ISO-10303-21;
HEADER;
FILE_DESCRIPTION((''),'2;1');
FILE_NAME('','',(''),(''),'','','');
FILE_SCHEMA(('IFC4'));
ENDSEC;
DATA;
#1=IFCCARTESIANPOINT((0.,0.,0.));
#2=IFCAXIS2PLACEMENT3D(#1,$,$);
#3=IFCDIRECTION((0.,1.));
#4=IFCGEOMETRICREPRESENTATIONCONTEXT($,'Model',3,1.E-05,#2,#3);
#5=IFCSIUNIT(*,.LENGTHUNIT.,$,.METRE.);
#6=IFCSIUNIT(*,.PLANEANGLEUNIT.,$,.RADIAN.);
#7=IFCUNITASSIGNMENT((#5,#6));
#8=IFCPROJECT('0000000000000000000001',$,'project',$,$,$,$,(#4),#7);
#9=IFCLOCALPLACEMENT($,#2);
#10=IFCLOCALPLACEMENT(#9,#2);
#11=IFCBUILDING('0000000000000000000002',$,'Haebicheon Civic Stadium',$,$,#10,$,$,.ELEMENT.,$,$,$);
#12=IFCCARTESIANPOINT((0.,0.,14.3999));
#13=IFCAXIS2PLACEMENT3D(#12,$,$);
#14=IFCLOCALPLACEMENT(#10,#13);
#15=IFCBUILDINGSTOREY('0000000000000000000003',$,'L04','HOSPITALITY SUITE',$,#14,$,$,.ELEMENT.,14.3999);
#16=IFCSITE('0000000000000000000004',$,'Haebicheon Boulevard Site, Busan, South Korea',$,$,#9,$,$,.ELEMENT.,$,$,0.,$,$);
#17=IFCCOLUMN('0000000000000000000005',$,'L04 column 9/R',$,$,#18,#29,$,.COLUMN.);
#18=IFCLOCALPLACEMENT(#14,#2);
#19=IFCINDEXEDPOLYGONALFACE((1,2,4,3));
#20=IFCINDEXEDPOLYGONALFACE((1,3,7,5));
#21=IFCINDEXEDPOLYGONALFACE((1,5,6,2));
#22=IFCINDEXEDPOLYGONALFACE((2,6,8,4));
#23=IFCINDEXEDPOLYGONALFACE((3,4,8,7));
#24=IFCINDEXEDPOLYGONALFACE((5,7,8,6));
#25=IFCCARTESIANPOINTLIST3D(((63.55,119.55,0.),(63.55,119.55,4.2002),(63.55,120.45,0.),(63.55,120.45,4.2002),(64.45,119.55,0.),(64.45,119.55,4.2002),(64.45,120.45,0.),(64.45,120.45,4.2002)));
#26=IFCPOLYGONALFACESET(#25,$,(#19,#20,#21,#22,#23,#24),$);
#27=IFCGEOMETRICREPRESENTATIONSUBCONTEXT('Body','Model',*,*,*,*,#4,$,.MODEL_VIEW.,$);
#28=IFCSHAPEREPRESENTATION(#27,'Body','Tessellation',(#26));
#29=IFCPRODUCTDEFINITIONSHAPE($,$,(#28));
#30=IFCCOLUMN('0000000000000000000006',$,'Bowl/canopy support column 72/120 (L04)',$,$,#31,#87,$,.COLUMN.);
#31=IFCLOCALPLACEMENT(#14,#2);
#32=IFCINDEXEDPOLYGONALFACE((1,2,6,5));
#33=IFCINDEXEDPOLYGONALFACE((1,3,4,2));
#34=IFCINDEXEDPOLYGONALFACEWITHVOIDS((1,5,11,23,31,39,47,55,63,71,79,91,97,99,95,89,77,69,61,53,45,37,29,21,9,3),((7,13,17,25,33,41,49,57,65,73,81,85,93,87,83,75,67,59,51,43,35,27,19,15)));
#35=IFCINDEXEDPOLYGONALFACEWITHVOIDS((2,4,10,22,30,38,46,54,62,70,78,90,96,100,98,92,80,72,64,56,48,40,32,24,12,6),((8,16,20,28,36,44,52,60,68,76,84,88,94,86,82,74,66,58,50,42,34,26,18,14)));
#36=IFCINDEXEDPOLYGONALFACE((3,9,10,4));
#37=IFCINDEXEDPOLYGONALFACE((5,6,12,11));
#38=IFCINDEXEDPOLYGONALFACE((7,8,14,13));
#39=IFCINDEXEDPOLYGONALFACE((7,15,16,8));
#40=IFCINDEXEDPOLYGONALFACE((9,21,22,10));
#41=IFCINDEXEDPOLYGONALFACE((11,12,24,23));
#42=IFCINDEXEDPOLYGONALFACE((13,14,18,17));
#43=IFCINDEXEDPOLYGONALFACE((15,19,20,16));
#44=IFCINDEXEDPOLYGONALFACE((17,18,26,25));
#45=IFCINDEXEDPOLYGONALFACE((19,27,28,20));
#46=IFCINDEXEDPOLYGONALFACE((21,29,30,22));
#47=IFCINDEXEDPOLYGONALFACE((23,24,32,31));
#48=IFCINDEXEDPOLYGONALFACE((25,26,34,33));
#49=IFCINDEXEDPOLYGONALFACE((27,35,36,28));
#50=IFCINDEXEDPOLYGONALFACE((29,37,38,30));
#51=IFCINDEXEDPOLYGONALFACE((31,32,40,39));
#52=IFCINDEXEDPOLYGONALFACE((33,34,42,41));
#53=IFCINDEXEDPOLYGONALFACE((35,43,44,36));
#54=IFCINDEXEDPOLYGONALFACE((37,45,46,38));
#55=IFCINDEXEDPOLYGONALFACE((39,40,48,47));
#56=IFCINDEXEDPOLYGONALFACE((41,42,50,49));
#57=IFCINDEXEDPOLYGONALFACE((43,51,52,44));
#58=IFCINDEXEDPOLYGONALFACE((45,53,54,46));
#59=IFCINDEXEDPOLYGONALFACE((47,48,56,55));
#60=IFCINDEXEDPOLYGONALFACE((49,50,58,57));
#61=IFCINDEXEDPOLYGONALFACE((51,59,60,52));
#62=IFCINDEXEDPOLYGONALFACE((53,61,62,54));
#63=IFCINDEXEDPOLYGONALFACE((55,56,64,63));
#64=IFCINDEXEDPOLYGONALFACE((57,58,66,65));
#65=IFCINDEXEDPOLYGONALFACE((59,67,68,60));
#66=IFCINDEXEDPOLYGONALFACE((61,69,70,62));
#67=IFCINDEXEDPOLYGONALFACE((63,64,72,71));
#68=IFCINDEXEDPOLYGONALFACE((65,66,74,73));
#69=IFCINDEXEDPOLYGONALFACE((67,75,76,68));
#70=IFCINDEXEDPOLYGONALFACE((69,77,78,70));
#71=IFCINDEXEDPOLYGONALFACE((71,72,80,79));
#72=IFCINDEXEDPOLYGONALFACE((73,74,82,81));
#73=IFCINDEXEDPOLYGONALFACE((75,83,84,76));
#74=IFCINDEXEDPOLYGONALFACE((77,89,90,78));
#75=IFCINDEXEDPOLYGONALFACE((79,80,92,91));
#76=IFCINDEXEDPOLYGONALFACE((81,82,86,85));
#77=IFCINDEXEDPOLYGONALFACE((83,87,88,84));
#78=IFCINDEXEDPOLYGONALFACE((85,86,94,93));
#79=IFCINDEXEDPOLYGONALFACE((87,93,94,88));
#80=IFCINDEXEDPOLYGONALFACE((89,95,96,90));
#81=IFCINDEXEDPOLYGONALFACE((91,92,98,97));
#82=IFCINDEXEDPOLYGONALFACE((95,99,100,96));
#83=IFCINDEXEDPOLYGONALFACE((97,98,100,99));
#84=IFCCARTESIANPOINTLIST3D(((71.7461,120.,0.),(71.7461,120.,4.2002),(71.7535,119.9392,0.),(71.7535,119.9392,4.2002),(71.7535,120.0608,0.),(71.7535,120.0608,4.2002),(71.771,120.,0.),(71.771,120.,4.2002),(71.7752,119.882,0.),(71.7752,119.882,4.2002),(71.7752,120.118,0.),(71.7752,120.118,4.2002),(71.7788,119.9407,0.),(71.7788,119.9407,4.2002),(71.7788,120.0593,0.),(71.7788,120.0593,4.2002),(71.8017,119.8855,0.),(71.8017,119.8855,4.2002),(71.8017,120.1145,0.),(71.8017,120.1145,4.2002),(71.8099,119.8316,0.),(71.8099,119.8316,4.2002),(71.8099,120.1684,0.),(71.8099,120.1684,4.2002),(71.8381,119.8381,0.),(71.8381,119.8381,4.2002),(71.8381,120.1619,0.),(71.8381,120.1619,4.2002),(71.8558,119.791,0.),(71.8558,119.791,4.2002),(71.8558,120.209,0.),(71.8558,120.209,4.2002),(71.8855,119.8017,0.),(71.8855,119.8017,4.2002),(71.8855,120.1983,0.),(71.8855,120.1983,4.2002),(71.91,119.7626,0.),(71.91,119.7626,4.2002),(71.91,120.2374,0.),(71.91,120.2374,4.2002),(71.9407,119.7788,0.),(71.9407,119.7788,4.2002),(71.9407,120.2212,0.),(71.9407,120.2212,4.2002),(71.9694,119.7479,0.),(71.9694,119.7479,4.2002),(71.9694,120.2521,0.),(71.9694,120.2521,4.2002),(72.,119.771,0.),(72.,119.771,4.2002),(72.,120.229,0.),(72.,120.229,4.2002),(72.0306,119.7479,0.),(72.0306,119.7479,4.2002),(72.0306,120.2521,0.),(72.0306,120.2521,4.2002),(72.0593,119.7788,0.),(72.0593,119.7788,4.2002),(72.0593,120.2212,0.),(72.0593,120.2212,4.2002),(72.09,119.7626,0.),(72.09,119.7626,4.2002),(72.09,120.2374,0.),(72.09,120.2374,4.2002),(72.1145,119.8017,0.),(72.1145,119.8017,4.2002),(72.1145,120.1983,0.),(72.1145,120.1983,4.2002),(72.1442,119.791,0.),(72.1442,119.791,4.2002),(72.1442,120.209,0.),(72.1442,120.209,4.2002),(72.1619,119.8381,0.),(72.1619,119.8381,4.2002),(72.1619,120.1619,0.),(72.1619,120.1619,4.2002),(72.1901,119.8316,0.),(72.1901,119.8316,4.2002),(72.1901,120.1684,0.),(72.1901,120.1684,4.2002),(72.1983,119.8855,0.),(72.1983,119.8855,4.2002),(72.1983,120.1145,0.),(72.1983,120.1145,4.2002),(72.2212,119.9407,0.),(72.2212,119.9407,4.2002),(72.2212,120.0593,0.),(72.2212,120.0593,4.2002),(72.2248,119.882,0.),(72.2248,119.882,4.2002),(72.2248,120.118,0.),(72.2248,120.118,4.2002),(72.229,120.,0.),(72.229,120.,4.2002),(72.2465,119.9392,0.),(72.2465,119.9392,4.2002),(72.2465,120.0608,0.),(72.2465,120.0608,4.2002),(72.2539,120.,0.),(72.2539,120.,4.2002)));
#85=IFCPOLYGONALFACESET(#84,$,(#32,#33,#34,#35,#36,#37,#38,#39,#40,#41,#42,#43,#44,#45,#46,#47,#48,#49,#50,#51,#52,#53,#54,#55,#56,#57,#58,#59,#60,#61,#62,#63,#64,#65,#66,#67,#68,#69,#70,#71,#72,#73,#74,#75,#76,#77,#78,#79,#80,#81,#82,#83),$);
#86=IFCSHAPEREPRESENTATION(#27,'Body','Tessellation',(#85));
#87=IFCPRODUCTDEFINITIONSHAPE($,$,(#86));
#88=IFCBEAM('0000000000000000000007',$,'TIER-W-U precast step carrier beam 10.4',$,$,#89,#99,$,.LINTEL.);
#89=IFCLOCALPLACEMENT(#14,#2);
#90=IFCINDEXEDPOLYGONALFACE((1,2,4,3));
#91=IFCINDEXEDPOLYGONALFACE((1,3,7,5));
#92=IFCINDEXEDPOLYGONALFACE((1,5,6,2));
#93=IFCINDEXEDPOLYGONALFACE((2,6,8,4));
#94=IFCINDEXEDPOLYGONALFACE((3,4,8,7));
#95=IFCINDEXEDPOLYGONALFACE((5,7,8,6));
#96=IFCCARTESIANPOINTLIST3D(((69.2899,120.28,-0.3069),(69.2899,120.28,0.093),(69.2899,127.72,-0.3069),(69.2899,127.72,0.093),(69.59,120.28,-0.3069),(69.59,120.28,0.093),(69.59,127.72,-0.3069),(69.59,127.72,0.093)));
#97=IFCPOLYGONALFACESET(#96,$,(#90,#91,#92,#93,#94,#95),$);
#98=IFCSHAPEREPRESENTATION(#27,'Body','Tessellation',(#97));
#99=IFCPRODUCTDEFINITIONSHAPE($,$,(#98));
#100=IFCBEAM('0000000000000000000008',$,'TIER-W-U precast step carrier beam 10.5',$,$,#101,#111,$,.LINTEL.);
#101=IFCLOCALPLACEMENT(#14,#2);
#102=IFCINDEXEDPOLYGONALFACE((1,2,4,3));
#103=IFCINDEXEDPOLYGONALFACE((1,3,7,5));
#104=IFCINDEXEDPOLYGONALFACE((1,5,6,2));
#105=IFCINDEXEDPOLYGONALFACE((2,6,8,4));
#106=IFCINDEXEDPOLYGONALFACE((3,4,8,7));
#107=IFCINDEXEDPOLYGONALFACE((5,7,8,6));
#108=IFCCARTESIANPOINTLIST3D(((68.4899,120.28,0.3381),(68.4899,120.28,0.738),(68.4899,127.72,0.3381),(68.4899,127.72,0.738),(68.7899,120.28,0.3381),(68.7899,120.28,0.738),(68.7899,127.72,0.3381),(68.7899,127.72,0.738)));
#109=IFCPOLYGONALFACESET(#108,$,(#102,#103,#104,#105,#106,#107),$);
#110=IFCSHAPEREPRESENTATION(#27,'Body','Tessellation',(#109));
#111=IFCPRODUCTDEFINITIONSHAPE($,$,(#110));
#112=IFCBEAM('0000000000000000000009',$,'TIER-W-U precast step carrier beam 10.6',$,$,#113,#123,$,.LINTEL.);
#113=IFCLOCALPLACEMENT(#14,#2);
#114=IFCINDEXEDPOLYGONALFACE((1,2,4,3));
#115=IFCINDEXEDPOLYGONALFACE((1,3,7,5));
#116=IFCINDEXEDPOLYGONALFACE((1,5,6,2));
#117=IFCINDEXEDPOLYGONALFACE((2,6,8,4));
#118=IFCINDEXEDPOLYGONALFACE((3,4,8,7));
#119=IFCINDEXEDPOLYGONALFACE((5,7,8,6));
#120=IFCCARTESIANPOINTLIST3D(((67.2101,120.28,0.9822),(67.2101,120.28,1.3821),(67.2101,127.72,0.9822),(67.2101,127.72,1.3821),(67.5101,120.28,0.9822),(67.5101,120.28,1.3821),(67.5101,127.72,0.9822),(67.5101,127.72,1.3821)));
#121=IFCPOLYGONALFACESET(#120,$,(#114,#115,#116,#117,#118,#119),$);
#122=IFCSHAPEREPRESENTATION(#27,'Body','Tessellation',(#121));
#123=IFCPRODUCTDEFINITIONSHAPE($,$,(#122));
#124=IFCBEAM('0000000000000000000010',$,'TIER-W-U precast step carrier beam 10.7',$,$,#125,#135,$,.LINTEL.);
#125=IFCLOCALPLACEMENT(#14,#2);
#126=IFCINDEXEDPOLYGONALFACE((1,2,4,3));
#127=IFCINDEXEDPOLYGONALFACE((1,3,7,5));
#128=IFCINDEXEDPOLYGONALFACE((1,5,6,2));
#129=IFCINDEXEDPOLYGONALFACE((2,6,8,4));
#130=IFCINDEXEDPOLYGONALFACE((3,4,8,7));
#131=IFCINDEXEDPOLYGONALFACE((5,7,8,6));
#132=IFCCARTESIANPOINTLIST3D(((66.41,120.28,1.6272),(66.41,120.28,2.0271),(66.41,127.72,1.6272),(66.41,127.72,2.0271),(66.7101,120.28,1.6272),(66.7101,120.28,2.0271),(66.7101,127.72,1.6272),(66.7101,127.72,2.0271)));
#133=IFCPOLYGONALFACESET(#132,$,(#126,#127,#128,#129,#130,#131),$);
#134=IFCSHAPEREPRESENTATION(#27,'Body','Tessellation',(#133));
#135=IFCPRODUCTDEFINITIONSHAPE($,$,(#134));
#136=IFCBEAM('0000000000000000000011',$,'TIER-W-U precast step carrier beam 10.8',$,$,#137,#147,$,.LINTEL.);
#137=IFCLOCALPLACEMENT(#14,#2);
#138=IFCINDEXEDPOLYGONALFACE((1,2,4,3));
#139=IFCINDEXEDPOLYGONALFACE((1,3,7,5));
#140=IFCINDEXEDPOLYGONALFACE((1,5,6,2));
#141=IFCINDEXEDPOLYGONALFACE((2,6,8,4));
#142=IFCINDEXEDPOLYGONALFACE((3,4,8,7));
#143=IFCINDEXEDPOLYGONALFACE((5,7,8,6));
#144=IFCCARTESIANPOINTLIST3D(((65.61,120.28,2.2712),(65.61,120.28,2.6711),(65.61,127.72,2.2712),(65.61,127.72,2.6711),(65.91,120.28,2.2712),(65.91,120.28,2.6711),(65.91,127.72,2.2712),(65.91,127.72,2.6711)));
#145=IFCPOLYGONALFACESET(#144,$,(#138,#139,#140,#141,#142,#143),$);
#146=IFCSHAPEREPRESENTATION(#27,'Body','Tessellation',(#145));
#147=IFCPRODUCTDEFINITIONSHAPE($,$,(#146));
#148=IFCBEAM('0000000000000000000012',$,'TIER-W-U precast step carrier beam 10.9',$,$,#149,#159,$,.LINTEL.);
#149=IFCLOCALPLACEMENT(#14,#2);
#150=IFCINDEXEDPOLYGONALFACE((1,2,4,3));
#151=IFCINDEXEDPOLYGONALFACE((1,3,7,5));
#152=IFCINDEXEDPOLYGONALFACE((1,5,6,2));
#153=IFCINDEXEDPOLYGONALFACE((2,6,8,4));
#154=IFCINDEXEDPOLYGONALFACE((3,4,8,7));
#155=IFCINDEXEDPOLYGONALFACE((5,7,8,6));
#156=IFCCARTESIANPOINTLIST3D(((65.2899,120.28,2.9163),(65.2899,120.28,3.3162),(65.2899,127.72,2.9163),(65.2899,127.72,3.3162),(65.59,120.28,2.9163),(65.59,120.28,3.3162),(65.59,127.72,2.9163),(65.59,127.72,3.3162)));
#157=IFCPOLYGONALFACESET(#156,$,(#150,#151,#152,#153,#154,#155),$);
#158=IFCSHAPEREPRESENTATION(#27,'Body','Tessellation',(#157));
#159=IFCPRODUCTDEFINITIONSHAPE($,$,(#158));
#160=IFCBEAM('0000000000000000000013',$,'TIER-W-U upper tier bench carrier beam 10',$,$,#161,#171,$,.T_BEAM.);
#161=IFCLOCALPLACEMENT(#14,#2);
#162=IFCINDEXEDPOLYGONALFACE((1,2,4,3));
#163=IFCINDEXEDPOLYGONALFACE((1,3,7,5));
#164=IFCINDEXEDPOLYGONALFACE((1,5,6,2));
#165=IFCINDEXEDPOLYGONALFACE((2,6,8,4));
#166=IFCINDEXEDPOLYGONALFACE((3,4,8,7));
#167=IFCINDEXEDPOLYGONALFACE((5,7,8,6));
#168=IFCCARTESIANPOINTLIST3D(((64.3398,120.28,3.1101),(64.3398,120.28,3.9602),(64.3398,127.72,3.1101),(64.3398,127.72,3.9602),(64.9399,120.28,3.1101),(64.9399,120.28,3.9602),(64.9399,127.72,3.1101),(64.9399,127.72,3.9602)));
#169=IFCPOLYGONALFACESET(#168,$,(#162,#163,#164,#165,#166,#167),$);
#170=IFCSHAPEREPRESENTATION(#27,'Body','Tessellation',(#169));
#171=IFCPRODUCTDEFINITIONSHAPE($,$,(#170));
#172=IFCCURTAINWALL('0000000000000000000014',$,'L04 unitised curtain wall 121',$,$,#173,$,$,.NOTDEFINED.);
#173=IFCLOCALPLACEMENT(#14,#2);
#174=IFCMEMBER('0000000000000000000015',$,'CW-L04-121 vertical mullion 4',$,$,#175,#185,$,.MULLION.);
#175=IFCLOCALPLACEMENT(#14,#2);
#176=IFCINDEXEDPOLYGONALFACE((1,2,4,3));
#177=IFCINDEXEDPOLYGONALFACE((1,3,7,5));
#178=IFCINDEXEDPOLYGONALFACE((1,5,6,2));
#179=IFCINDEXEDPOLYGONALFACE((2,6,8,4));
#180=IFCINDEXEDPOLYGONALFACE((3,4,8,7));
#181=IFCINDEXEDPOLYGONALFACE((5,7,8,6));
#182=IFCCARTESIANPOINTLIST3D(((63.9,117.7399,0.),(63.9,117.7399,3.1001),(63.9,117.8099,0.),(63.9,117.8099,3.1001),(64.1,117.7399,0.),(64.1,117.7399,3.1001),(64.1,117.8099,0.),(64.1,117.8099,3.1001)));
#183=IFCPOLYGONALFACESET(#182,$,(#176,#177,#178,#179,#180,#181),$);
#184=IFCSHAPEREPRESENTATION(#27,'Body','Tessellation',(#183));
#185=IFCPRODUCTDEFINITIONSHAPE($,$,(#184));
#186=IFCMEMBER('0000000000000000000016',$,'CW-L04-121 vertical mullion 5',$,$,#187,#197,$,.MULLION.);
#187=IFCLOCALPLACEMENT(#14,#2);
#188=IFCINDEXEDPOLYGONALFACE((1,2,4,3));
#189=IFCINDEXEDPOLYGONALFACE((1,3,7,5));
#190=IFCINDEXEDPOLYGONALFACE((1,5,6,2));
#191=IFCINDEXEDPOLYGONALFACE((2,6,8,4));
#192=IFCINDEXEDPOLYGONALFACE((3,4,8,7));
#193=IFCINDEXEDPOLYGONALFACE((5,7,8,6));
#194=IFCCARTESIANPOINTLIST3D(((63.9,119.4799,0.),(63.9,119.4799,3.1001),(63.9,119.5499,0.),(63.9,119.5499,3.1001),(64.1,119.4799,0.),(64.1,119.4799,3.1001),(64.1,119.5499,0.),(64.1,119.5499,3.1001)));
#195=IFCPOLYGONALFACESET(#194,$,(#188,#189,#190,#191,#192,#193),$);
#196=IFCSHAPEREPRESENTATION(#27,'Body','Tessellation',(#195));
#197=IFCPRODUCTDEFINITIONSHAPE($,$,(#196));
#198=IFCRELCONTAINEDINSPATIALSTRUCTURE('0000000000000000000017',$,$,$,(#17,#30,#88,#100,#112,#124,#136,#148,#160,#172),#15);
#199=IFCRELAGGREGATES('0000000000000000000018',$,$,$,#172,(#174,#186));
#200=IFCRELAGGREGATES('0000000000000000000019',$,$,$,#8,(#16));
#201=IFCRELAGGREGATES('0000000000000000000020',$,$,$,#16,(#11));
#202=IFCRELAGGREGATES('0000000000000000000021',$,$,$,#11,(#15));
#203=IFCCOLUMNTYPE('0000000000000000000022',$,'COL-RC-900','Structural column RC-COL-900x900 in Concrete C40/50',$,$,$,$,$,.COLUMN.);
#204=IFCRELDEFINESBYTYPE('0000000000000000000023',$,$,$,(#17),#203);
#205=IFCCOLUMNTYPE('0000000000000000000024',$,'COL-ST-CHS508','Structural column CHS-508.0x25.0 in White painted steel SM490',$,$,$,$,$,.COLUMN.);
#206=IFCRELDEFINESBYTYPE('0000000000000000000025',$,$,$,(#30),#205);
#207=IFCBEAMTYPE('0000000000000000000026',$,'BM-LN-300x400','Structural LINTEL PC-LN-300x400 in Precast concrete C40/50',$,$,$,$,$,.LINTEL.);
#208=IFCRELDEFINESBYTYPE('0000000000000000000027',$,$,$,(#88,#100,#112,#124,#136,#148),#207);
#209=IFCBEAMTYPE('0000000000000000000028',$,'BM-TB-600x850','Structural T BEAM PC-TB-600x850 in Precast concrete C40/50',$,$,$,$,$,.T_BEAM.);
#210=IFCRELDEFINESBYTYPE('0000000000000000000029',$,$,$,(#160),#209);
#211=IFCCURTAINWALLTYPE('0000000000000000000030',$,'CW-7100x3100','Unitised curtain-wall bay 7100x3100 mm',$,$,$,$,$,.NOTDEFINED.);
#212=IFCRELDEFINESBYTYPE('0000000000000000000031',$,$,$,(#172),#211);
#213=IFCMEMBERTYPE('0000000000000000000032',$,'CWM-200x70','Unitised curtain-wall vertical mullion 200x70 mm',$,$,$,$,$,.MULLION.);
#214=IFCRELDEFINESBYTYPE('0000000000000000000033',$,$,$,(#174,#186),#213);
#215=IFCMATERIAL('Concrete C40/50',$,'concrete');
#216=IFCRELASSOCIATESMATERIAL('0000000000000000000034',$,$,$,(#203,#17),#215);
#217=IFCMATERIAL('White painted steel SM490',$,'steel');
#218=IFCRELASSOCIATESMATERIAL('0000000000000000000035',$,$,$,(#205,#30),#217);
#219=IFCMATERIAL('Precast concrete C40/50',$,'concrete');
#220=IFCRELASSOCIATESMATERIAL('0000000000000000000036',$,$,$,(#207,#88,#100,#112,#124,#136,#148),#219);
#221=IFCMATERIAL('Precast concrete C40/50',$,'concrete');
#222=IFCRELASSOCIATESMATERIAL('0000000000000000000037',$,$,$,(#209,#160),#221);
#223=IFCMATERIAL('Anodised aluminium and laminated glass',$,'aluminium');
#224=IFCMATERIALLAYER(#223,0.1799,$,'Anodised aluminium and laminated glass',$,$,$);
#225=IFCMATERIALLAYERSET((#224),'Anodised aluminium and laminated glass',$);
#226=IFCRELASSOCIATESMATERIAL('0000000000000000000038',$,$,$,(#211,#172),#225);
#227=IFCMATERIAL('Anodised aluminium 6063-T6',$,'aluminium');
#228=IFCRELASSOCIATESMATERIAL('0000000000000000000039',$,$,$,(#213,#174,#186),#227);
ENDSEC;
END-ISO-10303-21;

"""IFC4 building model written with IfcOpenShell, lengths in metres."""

from ifc_helpers import new_model, si_unit, direction, frame, origin, origin_2d, place, context, subcontext, project, spatial, rectangle, hollow_circle, extrude, material, layer, layer_set, material_profile, profile_set, type_object, element, aggregate, save


model = new_model("IFC4")

# Units and contexts
model_context = context("Model", 3, precision=1e-05, world=origin(), true_north=direction((0.0, 1.0)))
body_context = subcontext(model_context, "Body", "Model", "MODEL_VIEW")
ifc_project = project(units=[si_unit("LENGTHUNIT", "METRE"), si_unit("PLANEANGLEUNIT", "RADIAN")], contexts=[model_context])

# Site, building, storey
site_placement = place(None, origin())
site = spatial("IfcSite", under=ifc_project, at=site_placement, Name="Haebicheon Boulevard Site, Busan, South Korea", CompositionType="ELEMENT", RefElevation=0.0)
building_placement = place(site_placement, origin())
building = spatial("IfcBuilding", under=site, at=building_placement, Name="Haebicheon Civic Stadium", CompositionType="ELEMENT")
storey_placement = place(building_placement, frame((0.0, 0.0, 14.3999)))
storey = spatial("IfcBuildingStorey", under=building, at=storey_placement, Name="L04", Description="HOSPITALITY SUITE", CompositionType="ELEMENT", Elevation=14.3999)

# Columns
ifc_material_1 = material(Name="Concrete C40/50", Category="concrete")
ifc_material_profile_1 = material_profile(ifc_material_1, rectangle(XDim=0.8999, YDim=0.8999, at=origin_2d()), Name="RC-COL-900x900")
ifc_profile_set_1 = profile_set([ifc_material_profile_1], Name="Concrete C40/50")
column_type_1 = type_object("IfcColumnType", Name="COL-RC-900", Description="Structural column RC-COL-900x900 in Concrete C40/50", PredefinedType="COLUMN", material=ifc_profile_set_1)
column_1_placement = place(storey_placement, frame((64.0, 120.0, 0.0), z_axis=(0.0, 0.0, 1.0), x_axis=(1.0, 0.0, 0.0)))
element("IfcColumn", 1, at=column_1_placement, inside=storey, type_object=column_type_1, material=ifc_profile_set_1, Name="L04 column 9/R", PredefinedType="COLUMN", context=body_context, shape_type="SweptSolid", body=[
    extrude(rectangle(XDim=0.8999, YDim=0.8999, at=origin_2d()), origin(), (0.0, 0.0, 1.0), 4.2002),
])
ifc_material_2 = material(Name="White painted steel SM490", Category="steel")
ifc_material_profile_2 = material_profile(ifc_material_2, hollow_circle(Radius=0.2539, WallThickness=0.0249, at=origin_2d()), Name="CHS-508.0x25.0")
ifc_profile_set_2 = profile_set([ifc_material_profile_2], Name="White painted steel SM490")
column_type_2 = type_object("IfcColumnType", Name="COL-ST-CHS508", Description="Structural column CHS-508.0x25.0 in White painted steel SM490", PredefinedType="COLUMN", material=ifc_profile_set_2)
column_2_placement = place(storey_placement, frame((72.0, 120.0, 0.0), z_axis=(0.0, 0.0, 1.0), x_axis=(1.0, 0.0, 0.0)))
element("IfcColumn", 2, at=column_2_placement, inside=storey, type_object=column_type_2, material=ifc_profile_set_2, Name="Bowl/canopy support column 72/120 (L04)", PredefinedType="COLUMN", context=body_context, shape_type="SweptSolid", body=[
    extrude(hollow_circle(Radius=0.2539, WallThickness=0.0249, at=origin_2d()), origin(), (0.0, 0.0, 1.0), 4.2002),
])

# Beams
ifc_material_3 = material(Name="Precast concrete C40/50", Category="concrete")
ifc_material_profile_3 = material_profile(ifc_material_3, rectangle(XDim=0.3, YDim=0.3999, at=origin_2d()), Name="PC-LN-300x400")
ifc_profile_set_3 = profile_set([ifc_material_profile_3], Name="Precast concrete C40/50")
beam_type_1 = type_object("IfcBeamType", Name="BM-LN-300x400", Description="Structural LINTEL PC-LN-300x400 in Precast concrete C40/50", PredefinedType="LINTEL", material=ifc_profile_set_3)
for number, where, z_axis, x_axis, name in (
    (3, (69.4399, 120.28, -0.1069), (0.0, 1.0, 0.0), (-1.0, 0.0, 0.0), "TIER-W-U precast step carrier beam 10.4"),
    (4, (68.6399, 120.28, 0.5381), (0.0, 1.0, 0.0), (-1.0, 0.0, 0.0), "TIER-W-U precast step carrier beam 10.5"),
    (5, (67.3601, 120.28, 1.1821), (0.0, 1.0, 0.0), (-1.0, 0.0, 0.0), "TIER-W-U precast step carrier beam 10.6"),
    (6, (66.5601, 120.28, 1.8271), (0.0, 1.0, 0.0), (-1.0, 0.0, 0.0), "TIER-W-U precast step carrier beam 10.7"),
    (7, (65.76, 120.28, 2.4712), (0.0, 1.0, 0.0), (-1.0, 0.0, 0.0), "TIER-W-U precast step carrier beam 10.8"),
    (8, (65.4399, 120.28, 3.1162), (0.0, 1.0, 0.0), (-1.0, 0.0, 0.0), "TIER-W-U precast step carrier beam 10.9"),
):
    element("IfcBeam", number, at=place(storey_placement, frame(where, z_axis=z_axis, x_axis=x_axis)), inside=storey, type_object=beam_type_1, material=ifc_profile_set_3, Name=name, PredefinedType="LINTEL", context=body_context, shape_type="SweptSolid", body=[
        extrude(rectangle(XDim=0.3, YDim=0.3999, at=origin_2d()), origin(), (0.0, 0.0, 1.0), 7.4399),
    ])
ifc_material_4 = material(Name="Precast concrete C40/50", Category="concrete")
ifc_material_profile_4 = material_profile(ifc_material_4, rectangle(XDim=0.6001, YDim=0.8501, at=origin_2d()), Name="PC-TB-600x850")
ifc_profile_set_4 = profile_set([ifc_material_profile_4], Name="Precast concrete C40/50")
beam_type_2 = type_object("IfcBeamType", Name="BM-TB-600x850", Description="Structural T BEAM PC-TB-600x850 in Precast concrete C40/50", PredefinedType="T_BEAM", material=ifc_profile_set_4)
beam_1_placement = place(storey_placement, frame((64.6399, 120.28, 3.5352), z_axis=(0.0, 1.0, 0.0), x_axis=(-1.0, 0.0, 0.0)))
element("IfcBeam", 9, at=beam_1_placement, inside=storey, type_object=beam_type_2, material=ifc_profile_set_4, Name="TIER-W-U upper tier bench carrier beam 10", PredefinedType="T_BEAM", context=body_context, shape_type="SweptSolid", body=[
    extrude(rectangle(XDim=0.6001, YDim=0.8501, at=origin_2d()), origin(), (0.0, 0.0, 1.0), 7.4399),
])

# Curtain wall, members
ifc_material_5 = material(Name="Anodised aluminium and laminated glass", Category="aluminium")
ifc_layer_1 = layer(ifc_material_5, 0.1799, Name="Anodised aluminium and laminated glass")
ifc_layer_set_1 = layer_set([ifc_layer_1], Name="Anodised aluminium and laminated glass")
curtain_wall_type = type_object("IfcCurtainWallType", Name="CW-7100x3100", Description="Unitised curtain-wall bay 7100x3100 mm", PredefinedType="NOTDEFINED", material=ifc_layer_set_1)
curtain_wall_placement = place(storey_placement, origin())
curtain_wall = element("IfcCurtainWall", 10, at=curtain_wall_placement, inside=storey, type_object=curtain_wall_type, material=ifc_layer_set_1, Name="L04 unitised curtain wall 121", PredefinedType="NOTDEFINED")
ifc_material_6 = material(Name="Anodised aluminium 6063-T6", Category="aluminium")
ifc_material_profile_5 = material_profile(ifc_material_6, rectangle(XDim=0.0701, YDim=0.2, at=origin_2d()), Name="ALU-MULL-70x200")
ifc_profile_set_5 = profile_set([ifc_material_profile_5], Name="Anodised aluminium 6063-T6")
member_type_1 = type_object("IfcMemberType", Name="CWM-200x70", Description="Unitised curtain-wall vertical mullion 200x70 mm", PredefinedType="MULLION", material=ifc_profile_set_5)
member_1_placement = place(storey_placement, frame((64.0, 117.7749, 0.0), z_axis=(0.0, 0.0, 1.0), x_axis=(0.0, 1.0, 0.0)))
member_1 = element("IfcMember", 11, at=member_1_placement, type_object=member_type_1, material=ifc_profile_set_5, Name="CW-L04-121 vertical mullion 4", PredefinedType="MULLION", context=body_context, shape_type="SweptSolid", body=[
    extrude(rectangle(XDim=0.0701, YDim=0.2, at=origin_2d()), origin(), (0.0, 0.0, 1.0), 3.1001),
])
member_2_placement = place(storey_placement, frame((64.0, 119.5149, 0.0), z_axis=(0.0, 0.0, 1.0), x_axis=(0.0, 1.0, 0.0)))
member_2 = element("IfcMember", 12, at=member_2_placement, type_object=member_type_1, material=ifc_profile_set_5, Name="CW-L04-121 vertical mullion 5", PredefinedType="MULLION", context=body_context, shape_type="SweptSolid", body=[
    extrude(rectangle(XDim=0.0701, YDim=0.2, at=origin_2d()), origin(), (0.0, 0.0, 1.0), 3.1001),
])

aggregate(curtain_wall, [member_1, member_2])

save(model, "model.ifc")
